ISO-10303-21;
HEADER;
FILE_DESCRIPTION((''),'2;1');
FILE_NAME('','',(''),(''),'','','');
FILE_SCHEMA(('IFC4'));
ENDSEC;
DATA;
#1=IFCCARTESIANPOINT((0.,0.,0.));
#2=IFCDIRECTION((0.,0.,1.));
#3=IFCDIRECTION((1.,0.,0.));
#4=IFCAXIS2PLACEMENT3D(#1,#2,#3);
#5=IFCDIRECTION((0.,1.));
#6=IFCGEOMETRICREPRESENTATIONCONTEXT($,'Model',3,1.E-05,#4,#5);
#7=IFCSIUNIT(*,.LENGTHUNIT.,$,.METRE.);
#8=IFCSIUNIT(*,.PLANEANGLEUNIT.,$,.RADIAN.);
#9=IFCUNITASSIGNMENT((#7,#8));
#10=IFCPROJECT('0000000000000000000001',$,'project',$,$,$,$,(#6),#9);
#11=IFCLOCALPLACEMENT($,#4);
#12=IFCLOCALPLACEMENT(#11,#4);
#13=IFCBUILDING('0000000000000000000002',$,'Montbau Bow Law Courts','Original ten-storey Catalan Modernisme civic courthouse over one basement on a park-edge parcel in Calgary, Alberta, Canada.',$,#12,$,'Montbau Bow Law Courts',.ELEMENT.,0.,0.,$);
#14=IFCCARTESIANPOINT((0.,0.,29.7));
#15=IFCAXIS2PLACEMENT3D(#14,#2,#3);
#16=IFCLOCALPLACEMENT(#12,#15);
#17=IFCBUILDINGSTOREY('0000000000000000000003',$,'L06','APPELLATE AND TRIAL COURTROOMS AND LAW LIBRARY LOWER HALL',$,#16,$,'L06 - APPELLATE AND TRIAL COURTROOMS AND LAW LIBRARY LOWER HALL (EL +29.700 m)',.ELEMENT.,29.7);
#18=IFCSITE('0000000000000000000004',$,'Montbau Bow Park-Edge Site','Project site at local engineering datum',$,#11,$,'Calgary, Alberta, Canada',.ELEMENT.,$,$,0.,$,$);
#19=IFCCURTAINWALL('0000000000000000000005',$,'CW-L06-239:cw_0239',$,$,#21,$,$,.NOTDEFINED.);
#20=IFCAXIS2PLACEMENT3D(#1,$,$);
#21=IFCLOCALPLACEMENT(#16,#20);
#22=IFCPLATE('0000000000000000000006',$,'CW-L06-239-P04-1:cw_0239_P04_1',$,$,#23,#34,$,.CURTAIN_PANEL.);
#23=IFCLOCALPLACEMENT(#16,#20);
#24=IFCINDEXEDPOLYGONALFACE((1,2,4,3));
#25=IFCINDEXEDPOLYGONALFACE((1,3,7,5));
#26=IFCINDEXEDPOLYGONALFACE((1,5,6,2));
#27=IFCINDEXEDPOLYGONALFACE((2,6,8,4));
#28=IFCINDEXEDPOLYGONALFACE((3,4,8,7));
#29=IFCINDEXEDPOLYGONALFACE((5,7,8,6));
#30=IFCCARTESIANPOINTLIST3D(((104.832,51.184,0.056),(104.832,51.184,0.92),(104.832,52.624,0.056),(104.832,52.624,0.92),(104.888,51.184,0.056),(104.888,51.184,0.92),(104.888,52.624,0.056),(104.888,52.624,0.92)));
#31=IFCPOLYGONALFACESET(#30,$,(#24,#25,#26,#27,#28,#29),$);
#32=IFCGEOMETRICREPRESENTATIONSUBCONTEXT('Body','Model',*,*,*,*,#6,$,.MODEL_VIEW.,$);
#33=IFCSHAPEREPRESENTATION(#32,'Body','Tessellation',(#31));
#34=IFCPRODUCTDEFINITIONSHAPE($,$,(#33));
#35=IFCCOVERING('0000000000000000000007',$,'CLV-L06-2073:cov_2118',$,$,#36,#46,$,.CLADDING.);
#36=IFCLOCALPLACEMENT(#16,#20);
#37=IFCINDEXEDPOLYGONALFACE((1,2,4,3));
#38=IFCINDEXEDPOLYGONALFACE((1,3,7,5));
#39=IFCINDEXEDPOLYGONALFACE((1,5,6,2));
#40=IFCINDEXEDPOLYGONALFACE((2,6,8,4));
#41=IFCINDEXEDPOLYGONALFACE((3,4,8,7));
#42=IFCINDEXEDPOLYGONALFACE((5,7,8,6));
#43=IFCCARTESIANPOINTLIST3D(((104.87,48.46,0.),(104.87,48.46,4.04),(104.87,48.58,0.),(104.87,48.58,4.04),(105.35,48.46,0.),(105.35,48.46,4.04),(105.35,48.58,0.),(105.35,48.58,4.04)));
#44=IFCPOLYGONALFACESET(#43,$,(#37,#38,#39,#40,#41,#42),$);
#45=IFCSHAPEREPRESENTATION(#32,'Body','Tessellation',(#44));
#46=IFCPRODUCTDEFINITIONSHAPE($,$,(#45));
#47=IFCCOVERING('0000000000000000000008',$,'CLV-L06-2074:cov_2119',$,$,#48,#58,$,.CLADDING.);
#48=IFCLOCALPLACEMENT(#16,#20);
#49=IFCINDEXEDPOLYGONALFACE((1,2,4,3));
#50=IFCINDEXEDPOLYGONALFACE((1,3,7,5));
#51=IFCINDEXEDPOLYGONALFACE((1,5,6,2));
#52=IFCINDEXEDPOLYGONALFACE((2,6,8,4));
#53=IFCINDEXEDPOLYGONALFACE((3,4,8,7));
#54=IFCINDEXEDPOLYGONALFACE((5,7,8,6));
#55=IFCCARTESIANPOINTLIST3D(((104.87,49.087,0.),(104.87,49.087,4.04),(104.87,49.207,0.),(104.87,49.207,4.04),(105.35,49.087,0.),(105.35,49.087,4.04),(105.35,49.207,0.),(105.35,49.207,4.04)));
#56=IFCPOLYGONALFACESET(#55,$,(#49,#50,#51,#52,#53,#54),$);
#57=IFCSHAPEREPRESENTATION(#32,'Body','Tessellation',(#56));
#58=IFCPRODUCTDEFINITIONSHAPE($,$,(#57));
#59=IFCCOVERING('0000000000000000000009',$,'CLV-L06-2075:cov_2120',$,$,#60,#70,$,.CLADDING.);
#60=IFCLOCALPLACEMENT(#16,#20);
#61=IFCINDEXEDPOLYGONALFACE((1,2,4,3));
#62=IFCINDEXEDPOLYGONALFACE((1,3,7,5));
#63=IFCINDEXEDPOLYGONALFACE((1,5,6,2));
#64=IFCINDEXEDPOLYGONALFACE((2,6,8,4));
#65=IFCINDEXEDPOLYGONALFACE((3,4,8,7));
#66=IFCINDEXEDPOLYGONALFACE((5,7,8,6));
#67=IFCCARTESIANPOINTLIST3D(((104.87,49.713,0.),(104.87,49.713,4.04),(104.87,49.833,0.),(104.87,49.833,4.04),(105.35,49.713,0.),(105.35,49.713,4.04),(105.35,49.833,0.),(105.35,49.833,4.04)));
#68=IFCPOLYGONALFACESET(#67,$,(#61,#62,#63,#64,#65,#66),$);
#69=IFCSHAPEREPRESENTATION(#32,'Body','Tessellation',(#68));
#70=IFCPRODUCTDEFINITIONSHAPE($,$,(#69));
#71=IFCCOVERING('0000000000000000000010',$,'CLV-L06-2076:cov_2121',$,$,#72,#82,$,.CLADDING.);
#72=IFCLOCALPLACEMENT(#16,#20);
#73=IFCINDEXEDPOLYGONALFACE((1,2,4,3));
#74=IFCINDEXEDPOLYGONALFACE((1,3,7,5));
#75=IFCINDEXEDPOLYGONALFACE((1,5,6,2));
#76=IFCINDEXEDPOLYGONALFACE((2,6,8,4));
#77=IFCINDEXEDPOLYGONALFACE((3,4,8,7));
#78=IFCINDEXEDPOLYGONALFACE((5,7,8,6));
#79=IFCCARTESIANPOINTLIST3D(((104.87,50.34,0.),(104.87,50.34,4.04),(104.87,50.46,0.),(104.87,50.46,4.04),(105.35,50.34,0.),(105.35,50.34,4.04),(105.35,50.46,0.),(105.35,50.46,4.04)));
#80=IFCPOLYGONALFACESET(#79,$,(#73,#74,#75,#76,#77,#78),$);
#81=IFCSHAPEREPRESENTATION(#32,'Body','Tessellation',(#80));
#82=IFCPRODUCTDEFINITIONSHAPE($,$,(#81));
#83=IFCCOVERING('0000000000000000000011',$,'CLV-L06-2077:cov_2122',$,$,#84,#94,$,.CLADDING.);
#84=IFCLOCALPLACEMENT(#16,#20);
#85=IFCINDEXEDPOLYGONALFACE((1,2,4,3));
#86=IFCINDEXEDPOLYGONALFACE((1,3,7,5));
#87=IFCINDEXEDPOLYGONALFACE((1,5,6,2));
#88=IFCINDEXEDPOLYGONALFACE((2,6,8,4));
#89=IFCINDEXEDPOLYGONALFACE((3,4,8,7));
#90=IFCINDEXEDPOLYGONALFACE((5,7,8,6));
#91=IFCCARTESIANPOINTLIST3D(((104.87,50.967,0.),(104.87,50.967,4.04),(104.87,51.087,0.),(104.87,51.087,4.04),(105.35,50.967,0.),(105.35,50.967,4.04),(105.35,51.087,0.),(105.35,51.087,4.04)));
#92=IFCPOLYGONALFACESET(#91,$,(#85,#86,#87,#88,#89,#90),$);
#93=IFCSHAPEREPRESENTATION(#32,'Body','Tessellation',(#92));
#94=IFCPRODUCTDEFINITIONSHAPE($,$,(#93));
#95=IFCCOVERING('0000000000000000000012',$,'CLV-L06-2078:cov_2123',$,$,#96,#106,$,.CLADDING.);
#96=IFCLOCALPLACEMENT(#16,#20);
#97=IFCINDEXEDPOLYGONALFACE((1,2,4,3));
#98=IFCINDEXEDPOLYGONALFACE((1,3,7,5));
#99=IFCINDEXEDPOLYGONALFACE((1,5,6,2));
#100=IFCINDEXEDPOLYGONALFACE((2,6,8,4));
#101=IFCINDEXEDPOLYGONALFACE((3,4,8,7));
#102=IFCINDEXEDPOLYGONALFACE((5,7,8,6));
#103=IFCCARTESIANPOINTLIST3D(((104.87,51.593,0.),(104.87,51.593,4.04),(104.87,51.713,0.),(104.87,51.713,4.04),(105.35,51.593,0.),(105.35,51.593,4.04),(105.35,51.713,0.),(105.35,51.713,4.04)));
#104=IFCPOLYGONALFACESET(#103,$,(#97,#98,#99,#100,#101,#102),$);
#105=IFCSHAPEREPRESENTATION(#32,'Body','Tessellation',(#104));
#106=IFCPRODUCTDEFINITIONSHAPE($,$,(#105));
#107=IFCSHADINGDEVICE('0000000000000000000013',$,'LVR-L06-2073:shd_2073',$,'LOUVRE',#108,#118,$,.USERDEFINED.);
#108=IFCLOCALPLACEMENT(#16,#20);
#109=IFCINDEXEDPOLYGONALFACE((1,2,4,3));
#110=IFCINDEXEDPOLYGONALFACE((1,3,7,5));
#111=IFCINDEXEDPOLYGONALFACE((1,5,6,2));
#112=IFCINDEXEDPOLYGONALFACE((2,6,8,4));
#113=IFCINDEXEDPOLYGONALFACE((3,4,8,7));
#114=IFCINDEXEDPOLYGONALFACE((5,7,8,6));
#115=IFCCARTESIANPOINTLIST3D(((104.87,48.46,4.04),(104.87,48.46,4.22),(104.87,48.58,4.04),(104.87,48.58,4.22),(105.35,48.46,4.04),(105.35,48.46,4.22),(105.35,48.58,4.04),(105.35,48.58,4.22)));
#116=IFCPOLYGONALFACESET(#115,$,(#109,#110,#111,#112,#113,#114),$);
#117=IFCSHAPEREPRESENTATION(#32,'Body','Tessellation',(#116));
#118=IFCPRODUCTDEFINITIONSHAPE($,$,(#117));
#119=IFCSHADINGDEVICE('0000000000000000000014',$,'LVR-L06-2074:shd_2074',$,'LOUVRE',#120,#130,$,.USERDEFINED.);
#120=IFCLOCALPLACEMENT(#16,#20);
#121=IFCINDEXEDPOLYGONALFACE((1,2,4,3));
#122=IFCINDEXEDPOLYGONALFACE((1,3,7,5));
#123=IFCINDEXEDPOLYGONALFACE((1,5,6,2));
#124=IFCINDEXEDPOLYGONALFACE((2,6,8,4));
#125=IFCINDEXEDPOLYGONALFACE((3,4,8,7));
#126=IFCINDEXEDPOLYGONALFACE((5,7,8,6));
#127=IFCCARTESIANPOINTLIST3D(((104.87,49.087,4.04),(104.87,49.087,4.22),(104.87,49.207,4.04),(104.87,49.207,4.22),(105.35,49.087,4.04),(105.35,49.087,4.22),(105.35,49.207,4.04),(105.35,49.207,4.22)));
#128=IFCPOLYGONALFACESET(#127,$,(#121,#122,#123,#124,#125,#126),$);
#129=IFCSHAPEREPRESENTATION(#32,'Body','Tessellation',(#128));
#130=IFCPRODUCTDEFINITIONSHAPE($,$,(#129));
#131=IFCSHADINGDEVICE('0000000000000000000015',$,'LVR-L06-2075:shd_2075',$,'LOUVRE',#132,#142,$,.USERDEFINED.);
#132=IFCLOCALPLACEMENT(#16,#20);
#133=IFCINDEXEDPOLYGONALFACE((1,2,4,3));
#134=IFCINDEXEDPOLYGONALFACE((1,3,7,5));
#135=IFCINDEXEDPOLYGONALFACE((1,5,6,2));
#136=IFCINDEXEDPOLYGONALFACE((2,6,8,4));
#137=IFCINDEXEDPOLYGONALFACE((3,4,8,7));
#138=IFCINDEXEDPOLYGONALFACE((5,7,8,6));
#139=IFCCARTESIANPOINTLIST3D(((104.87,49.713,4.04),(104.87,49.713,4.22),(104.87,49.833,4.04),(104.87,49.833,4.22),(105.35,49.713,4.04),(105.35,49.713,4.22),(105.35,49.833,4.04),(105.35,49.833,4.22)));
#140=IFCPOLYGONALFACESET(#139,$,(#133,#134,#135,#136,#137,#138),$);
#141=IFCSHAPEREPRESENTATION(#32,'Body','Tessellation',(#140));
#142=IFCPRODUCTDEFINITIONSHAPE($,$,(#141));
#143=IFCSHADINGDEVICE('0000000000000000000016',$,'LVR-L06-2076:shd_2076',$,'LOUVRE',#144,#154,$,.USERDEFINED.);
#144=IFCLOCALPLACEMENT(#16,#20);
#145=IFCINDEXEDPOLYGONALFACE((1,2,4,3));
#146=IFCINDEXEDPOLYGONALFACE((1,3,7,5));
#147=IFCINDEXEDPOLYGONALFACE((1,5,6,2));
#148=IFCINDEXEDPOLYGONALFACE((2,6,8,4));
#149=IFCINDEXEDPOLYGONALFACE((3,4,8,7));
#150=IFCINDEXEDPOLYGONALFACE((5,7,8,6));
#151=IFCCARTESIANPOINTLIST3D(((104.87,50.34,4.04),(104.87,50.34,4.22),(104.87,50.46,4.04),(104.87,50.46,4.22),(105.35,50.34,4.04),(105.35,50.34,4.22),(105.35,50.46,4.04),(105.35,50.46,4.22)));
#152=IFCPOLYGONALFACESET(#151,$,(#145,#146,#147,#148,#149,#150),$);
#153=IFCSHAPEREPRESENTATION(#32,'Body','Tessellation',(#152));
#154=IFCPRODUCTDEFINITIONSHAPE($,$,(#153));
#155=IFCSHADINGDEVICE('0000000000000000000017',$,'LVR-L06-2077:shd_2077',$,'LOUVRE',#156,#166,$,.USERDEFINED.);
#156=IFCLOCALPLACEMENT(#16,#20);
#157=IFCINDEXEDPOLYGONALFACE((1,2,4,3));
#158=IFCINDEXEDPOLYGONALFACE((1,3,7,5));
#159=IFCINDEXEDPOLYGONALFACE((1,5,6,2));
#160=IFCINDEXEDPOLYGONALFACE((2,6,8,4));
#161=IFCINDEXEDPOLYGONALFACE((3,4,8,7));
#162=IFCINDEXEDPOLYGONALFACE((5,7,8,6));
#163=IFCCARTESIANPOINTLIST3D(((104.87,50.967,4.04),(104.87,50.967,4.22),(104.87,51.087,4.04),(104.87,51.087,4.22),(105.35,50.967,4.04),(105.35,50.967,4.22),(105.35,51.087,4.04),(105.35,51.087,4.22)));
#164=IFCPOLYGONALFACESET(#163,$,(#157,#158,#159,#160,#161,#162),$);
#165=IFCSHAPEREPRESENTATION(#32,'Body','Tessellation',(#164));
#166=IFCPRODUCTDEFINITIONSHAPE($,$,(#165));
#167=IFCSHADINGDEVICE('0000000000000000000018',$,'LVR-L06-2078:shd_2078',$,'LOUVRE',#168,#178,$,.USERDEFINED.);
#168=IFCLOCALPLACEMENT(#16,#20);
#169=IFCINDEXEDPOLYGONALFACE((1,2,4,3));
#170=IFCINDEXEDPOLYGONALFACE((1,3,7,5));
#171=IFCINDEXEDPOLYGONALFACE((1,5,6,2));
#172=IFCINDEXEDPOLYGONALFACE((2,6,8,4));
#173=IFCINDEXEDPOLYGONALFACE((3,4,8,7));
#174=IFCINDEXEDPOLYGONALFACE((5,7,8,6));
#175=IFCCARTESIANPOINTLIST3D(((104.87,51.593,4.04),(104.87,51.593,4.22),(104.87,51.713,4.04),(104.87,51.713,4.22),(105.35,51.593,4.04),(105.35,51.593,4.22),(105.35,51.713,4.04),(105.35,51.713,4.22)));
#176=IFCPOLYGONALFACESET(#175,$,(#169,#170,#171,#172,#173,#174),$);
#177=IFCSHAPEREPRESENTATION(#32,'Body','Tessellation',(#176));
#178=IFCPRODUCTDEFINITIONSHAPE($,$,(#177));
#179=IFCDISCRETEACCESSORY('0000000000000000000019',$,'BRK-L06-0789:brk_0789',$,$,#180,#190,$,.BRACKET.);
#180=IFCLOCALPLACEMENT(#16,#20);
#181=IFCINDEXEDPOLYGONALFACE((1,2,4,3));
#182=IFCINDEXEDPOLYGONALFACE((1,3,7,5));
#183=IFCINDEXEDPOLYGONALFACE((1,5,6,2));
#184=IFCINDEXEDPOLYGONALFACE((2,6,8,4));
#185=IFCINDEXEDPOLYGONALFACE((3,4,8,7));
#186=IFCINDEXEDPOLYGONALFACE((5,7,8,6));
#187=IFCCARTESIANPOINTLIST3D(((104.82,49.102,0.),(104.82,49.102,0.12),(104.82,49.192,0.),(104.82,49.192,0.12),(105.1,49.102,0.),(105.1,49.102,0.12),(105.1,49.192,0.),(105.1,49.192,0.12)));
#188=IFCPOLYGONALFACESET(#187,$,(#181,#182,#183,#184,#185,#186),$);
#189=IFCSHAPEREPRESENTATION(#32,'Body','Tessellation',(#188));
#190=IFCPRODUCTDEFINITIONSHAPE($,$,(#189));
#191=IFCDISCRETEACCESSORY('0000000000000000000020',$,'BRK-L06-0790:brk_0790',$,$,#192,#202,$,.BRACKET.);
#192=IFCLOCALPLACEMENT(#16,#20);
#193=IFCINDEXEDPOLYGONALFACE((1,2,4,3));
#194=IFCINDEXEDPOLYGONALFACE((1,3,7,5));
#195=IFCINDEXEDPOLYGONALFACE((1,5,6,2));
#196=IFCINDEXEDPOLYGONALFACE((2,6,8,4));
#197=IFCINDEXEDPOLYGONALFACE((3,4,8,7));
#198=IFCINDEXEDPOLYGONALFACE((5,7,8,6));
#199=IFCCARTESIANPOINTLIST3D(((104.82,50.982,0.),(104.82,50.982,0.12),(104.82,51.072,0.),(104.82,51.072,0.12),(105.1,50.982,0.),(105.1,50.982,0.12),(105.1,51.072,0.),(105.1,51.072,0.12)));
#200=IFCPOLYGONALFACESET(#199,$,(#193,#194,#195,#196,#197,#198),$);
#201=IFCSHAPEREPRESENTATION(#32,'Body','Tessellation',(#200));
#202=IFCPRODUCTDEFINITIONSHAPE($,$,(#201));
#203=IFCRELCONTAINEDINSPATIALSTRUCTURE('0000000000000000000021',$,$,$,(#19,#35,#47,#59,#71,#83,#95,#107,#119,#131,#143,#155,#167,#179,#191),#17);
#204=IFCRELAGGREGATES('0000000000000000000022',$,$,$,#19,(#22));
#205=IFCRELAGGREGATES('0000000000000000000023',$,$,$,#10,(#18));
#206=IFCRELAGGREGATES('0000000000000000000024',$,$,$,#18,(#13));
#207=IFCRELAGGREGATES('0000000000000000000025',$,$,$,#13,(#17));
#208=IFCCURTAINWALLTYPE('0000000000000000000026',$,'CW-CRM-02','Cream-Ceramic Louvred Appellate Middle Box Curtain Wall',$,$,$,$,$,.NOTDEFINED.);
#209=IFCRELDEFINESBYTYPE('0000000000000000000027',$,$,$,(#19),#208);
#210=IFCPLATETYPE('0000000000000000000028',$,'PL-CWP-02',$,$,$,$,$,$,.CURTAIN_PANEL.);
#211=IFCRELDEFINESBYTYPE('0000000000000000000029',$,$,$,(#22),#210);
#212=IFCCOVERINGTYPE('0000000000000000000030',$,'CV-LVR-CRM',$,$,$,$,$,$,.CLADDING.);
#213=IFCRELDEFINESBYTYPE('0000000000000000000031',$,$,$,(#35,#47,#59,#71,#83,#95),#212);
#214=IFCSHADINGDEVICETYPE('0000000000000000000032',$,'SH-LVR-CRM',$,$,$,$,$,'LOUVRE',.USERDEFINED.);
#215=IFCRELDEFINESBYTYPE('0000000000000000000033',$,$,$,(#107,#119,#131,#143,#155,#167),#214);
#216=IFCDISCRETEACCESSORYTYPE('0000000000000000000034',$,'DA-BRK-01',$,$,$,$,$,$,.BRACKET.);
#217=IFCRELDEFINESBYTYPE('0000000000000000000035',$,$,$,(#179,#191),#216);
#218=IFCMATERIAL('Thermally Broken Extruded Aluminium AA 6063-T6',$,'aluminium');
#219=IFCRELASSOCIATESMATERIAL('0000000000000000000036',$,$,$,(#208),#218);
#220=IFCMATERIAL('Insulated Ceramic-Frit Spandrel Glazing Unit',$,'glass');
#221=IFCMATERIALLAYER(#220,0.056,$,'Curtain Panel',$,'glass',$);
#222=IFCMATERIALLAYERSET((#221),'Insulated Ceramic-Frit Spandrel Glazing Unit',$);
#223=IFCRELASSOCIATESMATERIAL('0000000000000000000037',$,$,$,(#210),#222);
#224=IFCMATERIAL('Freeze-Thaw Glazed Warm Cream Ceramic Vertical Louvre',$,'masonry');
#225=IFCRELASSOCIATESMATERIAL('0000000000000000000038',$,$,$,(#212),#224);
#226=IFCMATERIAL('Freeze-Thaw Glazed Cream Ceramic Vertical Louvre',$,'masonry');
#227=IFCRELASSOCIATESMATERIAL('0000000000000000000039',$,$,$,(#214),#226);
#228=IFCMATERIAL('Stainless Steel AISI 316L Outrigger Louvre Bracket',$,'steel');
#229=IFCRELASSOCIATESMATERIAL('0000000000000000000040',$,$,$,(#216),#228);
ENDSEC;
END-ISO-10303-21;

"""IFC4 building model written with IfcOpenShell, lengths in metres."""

from ifc_helpers import new_model, si_unit, direction, frame, frame_2d, origin_with_axes, origin_2d_with_axis, place, context, subcontext, project, spatial, rectangle, extrude, material, layer, layer_set, type_object, element, aggregate, save


model = new_model("IFC4")

# Units and contexts
model_context = context("Model", 3, precision=1e-05, world=origin_with_axes(), true_north=direction((0.0, 1.0)))
body_context = subcontext(model_context, "Body", "Model", "MODEL_VIEW")
ifc_project = project(units=[si_unit("LENGTHUNIT", "METRE"), si_unit("PLANEANGLEUNIT", "RADIAN")], contexts=[model_context])

# Site, building, storey
site_placement = place(None, origin_with_axes())
site = spatial("IfcSite", under=ifc_project, at=site_placement, Name="Montbau Bow Park-Edge Site", Description="Project site at local engineering datum", LongName="Calgary, Alberta, Canada", CompositionType="ELEMENT", RefElevation=0.0)
building_placement = place(site_placement, origin_with_axes())
building = spatial("IfcBuilding", under=site, at=building_placement, Name="Montbau Bow Law Courts", Description="Original ten-storey Catalan Modernisme civic courthouse over one basement on a park-edge parcel in Calgary, Alberta, Canada.", LongName="Montbau Bow Law Courts", CompositionType="ELEMENT", ElevationOfRefHeight=0.0, ElevationOfTerrain=0.0)
storey_placement = place(building_placement, frame((0.0, 0.0, 29.7), z_axis=(0.0, 0.0, 1.0), x_axis=(1.0, 0.0, 0.0)))
storey = spatial("IfcBuildingStorey", under=building, at=storey_placement, Name="L06", Description="APPELLATE AND TRIAL COURTROOMS AND LAW LIBRARY LOWER HALL", LongName="L06 - APPELLATE AND TRIAL COURTROOMS AND LAW LIBRARY LOWER HALL (EL +29.700 m)", CompositionType="ELEMENT", Elevation=29.7)

# Curtain wall, plate
ifc_material_1 = material(Name="Thermally Broken Extruded Aluminium AA 6063-T6", Category="aluminium")
curtain_wall_type = type_object("IfcCurtainWallType", Name="CW-CRM-02", Description="Cream-Ceramic Louvred Appellate Middle Box Curtain Wall", PredefinedType="NOTDEFINED", material=ifc_material_1)
curtain_wall_placement = place(None, frame((104.86, 46.64, 29.7), z_axis=(0.0, 0.0, 1.0), x_axis=(1.0, 0.0, 0.0)))
curtain_wall = element("IfcCurtainWall", 1, at=curtain_wall_placement, inside=storey, type_object=curtain_wall_type, Name="CW-L06-239:cw_0239", PredefinedType="NOTDEFINED")
ifc_material_2 = material(Name="Insulated Ceramic-Frit Spandrel Glazing Unit", Category="glass")
ifc_layer_1 = layer(ifc_material_2, 0.056, Name="Curtain Panel", Category="glass")
ifc_layer_set_1 = layer_set([ifc_layer_1], Name="Insulated Ceramic-Frit Spandrel Glazing Unit")
plate_type_1 = type_object("IfcPlateType", Name="PL-CWP-02", PredefinedType="CURTAIN_PANEL", material=ifc_layer_set_1)
plate_1_placement = place(None, frame((104.86, 51.184, 29.756), z_axis=(1.0, 0.0, 0.0), x_axis=(0.0, 1.0, 0.0)))
plate_1 = element("IfcPlate", 2, at=plate_1_placement, type_object=plate_type_1, Name="CW-L06-239-P04-1:cw_0239_P04_1", PredefinedType="CURTAIN_PANEL", context=body_context, shape_type="SweptSolid", body=[
    extrude(rectangle(XDim=1.44, YDim=0.864, at=frame_2d((0.72, 0.432), x_axis=(1.0, 0.0))), frame((0.0, 0.0, -0.028), z_axis=(0.0, 0.0, 1.0), x_axis=(1.0, 0.0, 0.0)), (0.0, 0.0, 1.0), 0.056),
])
aggregate(curtain_wall, [plate_1])

# Coverings
ifc_material_3 = material(Name="Freeze-Thaw Glazed Warm Cream Ceramic Vertical Louvre", Category="masonry")
covering_type = type_object("IfcCoveringType", Name="CV-LVR-CRM", PredefinedType="CLADDING", material=ifc_material_3)
for number, where, z_axis, x_axis, name in (
    (3, (104.87, 48.52, 29.7), (0.0, -1.0, 0.0), (1.0, 0.0, 0.0), "CLV-L06-2073:cov_2118"),
    (4, (104.87, 49.147, 29.7), (0.0, -1.0, 0.0), (1.0, 0.0, 0.0), "CLV-L06-2074:cov_2119"),
    (5, (104.87, 49.773, 29.7), (0.0, -1.0, 0.0), (1.0, 0.0, 0.0), "CLV-L06-2075:cov_2120"),
    (6, (104.87, 50.4, 29.7), (0.0, -1.0, 0.0), (1.0, 0.0, 0.0), "CLV-L06-2076:cov_2121"),
    (7, (104.87, 51.027, 29.7), (0.0, -1.0, 0.0), (1.0, 0.0, 0.0), "CLV-L06-2077:cov_2122"),
    (8, (104.87, 51.653, 29.7), (0.0, -1.0, 0.0), (1.0, 0.0, 0.0), "CLV-L06-2078:cov_2123"),
):
    element("IfcCovering", number, at=place(None, frame(where, z_axis=z_axis, x_axis=x_axis)), inside=storey, type_object=covering_type, Name=name, PredefinedType="CLADDING", context=body_context, shape_type="SweptSolid", body=[
        extrude(rectangle(XDim=0.48, YDim=4.04, at=frame_2d((0.24, 2.02), x_axis=(1.0, 0.0))), frame((0.0, 0.0, -0.06), z_axis=(0.0, 0.0, 1.0), x_axis=(1.0, 0.0, 0.0)), (0.0, 0.0, 1.0), 0.12),
    ])

# Shading devices
ifc_material_4 = material(Name="Freeze-Thaw Glazed Cream Ceramic Vertical Louvre", Category="masonry")
shading_device_type = type_object("IfcShadingDeviceType", Name="SH-LVR-CRM", ElementType="LOUVRE", PredefinedType="USERDEFINED", material=ifc_material_4)
for number, where, z_axis, x_axis, name in (
    (9, (105.11, 48.52, 33.74), (0.0, 0.0, 1.0), (1.0, 0.0, 0.0), "LVR-L06-2073:shd_2073"),
    (10, (105.11, 49.147, 33.74), (0.0, 0.0, 1.0), (1.0, 0.0, 0.0), "LVR-L06-2074:shd_2074"),
    (11, (105.11, 49.773, 33.74), (0.0, 0.0, 1.0), (1.0, 0.0, 0.0), "LVR-L06-2075:shd_2075"),
    (12, (105.11, 50.4, 33.74), (0.0, 0.0, 1.0), (1.0, 0.0, 0.0), "LVR-L06-2076:shd_2076"),
    (13, (105.11, 51.027, 33.74), (0.0, 0.0, 1.0), (1.0, 0.0, 0.0), "LVR-L06-2077:shd_2077"),
    (14, (105.11, 51.653, 33.74), (0.0, 0.0, 1.0), (1.0, 0.0, 0.0), "LVR-L06-2078:shd_2078"),
):
    element("IfcShadingDevice", number, at=place(None, frame(where, z_axis=z_axis, x_axis=x_axis)), inside=storey, type_object=shading_device_type, Name=name, ObjectType="LOUVRE", PredefinedType="USERDEFINED", context=body_context, shape_type="SweptSolid", body=[
        extrude(rectangle(XDim=0.48, YDim=0.12, at=origin_2d_with_axis()), origin_with_axes(), (0.0, 0.0, 1.0), 0.18),
    ])

# Discrete accessories
ifc_material_5 = material(Name="Stainless Steel AISI 316L Outrigger Louvre Bracket", Category="steel")
discrete_accessory_type = type_object("IfcDiscreteAccessoryType", Name="DA-BRK-01", PredefinedType="BRACKET", material=ifc_material_5)
for number, where, z_axis, x_axis, name in (
    (15, (104.96, 49.147, 29.7), (0.0, 0.0, 1.0), (1.0, 0.0, 0.0), "BRK-L06-0789:brk_0789"),
    (16, (104.96, 51.027, 29.7), (0.0, 0.0, 1.0), (1.0, 0.0, 0.0), "BRK-L06-0790:brk_0790"),
):
    element("IfcDiscreteAccessory", number, at=place(None, frame(where, z_axis=z_axis, x_axis=x_axis)), inside=storey, type_object=discrete_accessory_type, Name=name, PredefinedType="BRACKET", context=body_context, shape_type="SweptSolid", body=[
        extrude(rectangle(XDim=0.28, YDim=0.09, at=origin_2d_with_axis()), origin_with_axes(), (0.0, 0.0, 1.0), 0.12),
    ])

save(model, "model.ifc")
